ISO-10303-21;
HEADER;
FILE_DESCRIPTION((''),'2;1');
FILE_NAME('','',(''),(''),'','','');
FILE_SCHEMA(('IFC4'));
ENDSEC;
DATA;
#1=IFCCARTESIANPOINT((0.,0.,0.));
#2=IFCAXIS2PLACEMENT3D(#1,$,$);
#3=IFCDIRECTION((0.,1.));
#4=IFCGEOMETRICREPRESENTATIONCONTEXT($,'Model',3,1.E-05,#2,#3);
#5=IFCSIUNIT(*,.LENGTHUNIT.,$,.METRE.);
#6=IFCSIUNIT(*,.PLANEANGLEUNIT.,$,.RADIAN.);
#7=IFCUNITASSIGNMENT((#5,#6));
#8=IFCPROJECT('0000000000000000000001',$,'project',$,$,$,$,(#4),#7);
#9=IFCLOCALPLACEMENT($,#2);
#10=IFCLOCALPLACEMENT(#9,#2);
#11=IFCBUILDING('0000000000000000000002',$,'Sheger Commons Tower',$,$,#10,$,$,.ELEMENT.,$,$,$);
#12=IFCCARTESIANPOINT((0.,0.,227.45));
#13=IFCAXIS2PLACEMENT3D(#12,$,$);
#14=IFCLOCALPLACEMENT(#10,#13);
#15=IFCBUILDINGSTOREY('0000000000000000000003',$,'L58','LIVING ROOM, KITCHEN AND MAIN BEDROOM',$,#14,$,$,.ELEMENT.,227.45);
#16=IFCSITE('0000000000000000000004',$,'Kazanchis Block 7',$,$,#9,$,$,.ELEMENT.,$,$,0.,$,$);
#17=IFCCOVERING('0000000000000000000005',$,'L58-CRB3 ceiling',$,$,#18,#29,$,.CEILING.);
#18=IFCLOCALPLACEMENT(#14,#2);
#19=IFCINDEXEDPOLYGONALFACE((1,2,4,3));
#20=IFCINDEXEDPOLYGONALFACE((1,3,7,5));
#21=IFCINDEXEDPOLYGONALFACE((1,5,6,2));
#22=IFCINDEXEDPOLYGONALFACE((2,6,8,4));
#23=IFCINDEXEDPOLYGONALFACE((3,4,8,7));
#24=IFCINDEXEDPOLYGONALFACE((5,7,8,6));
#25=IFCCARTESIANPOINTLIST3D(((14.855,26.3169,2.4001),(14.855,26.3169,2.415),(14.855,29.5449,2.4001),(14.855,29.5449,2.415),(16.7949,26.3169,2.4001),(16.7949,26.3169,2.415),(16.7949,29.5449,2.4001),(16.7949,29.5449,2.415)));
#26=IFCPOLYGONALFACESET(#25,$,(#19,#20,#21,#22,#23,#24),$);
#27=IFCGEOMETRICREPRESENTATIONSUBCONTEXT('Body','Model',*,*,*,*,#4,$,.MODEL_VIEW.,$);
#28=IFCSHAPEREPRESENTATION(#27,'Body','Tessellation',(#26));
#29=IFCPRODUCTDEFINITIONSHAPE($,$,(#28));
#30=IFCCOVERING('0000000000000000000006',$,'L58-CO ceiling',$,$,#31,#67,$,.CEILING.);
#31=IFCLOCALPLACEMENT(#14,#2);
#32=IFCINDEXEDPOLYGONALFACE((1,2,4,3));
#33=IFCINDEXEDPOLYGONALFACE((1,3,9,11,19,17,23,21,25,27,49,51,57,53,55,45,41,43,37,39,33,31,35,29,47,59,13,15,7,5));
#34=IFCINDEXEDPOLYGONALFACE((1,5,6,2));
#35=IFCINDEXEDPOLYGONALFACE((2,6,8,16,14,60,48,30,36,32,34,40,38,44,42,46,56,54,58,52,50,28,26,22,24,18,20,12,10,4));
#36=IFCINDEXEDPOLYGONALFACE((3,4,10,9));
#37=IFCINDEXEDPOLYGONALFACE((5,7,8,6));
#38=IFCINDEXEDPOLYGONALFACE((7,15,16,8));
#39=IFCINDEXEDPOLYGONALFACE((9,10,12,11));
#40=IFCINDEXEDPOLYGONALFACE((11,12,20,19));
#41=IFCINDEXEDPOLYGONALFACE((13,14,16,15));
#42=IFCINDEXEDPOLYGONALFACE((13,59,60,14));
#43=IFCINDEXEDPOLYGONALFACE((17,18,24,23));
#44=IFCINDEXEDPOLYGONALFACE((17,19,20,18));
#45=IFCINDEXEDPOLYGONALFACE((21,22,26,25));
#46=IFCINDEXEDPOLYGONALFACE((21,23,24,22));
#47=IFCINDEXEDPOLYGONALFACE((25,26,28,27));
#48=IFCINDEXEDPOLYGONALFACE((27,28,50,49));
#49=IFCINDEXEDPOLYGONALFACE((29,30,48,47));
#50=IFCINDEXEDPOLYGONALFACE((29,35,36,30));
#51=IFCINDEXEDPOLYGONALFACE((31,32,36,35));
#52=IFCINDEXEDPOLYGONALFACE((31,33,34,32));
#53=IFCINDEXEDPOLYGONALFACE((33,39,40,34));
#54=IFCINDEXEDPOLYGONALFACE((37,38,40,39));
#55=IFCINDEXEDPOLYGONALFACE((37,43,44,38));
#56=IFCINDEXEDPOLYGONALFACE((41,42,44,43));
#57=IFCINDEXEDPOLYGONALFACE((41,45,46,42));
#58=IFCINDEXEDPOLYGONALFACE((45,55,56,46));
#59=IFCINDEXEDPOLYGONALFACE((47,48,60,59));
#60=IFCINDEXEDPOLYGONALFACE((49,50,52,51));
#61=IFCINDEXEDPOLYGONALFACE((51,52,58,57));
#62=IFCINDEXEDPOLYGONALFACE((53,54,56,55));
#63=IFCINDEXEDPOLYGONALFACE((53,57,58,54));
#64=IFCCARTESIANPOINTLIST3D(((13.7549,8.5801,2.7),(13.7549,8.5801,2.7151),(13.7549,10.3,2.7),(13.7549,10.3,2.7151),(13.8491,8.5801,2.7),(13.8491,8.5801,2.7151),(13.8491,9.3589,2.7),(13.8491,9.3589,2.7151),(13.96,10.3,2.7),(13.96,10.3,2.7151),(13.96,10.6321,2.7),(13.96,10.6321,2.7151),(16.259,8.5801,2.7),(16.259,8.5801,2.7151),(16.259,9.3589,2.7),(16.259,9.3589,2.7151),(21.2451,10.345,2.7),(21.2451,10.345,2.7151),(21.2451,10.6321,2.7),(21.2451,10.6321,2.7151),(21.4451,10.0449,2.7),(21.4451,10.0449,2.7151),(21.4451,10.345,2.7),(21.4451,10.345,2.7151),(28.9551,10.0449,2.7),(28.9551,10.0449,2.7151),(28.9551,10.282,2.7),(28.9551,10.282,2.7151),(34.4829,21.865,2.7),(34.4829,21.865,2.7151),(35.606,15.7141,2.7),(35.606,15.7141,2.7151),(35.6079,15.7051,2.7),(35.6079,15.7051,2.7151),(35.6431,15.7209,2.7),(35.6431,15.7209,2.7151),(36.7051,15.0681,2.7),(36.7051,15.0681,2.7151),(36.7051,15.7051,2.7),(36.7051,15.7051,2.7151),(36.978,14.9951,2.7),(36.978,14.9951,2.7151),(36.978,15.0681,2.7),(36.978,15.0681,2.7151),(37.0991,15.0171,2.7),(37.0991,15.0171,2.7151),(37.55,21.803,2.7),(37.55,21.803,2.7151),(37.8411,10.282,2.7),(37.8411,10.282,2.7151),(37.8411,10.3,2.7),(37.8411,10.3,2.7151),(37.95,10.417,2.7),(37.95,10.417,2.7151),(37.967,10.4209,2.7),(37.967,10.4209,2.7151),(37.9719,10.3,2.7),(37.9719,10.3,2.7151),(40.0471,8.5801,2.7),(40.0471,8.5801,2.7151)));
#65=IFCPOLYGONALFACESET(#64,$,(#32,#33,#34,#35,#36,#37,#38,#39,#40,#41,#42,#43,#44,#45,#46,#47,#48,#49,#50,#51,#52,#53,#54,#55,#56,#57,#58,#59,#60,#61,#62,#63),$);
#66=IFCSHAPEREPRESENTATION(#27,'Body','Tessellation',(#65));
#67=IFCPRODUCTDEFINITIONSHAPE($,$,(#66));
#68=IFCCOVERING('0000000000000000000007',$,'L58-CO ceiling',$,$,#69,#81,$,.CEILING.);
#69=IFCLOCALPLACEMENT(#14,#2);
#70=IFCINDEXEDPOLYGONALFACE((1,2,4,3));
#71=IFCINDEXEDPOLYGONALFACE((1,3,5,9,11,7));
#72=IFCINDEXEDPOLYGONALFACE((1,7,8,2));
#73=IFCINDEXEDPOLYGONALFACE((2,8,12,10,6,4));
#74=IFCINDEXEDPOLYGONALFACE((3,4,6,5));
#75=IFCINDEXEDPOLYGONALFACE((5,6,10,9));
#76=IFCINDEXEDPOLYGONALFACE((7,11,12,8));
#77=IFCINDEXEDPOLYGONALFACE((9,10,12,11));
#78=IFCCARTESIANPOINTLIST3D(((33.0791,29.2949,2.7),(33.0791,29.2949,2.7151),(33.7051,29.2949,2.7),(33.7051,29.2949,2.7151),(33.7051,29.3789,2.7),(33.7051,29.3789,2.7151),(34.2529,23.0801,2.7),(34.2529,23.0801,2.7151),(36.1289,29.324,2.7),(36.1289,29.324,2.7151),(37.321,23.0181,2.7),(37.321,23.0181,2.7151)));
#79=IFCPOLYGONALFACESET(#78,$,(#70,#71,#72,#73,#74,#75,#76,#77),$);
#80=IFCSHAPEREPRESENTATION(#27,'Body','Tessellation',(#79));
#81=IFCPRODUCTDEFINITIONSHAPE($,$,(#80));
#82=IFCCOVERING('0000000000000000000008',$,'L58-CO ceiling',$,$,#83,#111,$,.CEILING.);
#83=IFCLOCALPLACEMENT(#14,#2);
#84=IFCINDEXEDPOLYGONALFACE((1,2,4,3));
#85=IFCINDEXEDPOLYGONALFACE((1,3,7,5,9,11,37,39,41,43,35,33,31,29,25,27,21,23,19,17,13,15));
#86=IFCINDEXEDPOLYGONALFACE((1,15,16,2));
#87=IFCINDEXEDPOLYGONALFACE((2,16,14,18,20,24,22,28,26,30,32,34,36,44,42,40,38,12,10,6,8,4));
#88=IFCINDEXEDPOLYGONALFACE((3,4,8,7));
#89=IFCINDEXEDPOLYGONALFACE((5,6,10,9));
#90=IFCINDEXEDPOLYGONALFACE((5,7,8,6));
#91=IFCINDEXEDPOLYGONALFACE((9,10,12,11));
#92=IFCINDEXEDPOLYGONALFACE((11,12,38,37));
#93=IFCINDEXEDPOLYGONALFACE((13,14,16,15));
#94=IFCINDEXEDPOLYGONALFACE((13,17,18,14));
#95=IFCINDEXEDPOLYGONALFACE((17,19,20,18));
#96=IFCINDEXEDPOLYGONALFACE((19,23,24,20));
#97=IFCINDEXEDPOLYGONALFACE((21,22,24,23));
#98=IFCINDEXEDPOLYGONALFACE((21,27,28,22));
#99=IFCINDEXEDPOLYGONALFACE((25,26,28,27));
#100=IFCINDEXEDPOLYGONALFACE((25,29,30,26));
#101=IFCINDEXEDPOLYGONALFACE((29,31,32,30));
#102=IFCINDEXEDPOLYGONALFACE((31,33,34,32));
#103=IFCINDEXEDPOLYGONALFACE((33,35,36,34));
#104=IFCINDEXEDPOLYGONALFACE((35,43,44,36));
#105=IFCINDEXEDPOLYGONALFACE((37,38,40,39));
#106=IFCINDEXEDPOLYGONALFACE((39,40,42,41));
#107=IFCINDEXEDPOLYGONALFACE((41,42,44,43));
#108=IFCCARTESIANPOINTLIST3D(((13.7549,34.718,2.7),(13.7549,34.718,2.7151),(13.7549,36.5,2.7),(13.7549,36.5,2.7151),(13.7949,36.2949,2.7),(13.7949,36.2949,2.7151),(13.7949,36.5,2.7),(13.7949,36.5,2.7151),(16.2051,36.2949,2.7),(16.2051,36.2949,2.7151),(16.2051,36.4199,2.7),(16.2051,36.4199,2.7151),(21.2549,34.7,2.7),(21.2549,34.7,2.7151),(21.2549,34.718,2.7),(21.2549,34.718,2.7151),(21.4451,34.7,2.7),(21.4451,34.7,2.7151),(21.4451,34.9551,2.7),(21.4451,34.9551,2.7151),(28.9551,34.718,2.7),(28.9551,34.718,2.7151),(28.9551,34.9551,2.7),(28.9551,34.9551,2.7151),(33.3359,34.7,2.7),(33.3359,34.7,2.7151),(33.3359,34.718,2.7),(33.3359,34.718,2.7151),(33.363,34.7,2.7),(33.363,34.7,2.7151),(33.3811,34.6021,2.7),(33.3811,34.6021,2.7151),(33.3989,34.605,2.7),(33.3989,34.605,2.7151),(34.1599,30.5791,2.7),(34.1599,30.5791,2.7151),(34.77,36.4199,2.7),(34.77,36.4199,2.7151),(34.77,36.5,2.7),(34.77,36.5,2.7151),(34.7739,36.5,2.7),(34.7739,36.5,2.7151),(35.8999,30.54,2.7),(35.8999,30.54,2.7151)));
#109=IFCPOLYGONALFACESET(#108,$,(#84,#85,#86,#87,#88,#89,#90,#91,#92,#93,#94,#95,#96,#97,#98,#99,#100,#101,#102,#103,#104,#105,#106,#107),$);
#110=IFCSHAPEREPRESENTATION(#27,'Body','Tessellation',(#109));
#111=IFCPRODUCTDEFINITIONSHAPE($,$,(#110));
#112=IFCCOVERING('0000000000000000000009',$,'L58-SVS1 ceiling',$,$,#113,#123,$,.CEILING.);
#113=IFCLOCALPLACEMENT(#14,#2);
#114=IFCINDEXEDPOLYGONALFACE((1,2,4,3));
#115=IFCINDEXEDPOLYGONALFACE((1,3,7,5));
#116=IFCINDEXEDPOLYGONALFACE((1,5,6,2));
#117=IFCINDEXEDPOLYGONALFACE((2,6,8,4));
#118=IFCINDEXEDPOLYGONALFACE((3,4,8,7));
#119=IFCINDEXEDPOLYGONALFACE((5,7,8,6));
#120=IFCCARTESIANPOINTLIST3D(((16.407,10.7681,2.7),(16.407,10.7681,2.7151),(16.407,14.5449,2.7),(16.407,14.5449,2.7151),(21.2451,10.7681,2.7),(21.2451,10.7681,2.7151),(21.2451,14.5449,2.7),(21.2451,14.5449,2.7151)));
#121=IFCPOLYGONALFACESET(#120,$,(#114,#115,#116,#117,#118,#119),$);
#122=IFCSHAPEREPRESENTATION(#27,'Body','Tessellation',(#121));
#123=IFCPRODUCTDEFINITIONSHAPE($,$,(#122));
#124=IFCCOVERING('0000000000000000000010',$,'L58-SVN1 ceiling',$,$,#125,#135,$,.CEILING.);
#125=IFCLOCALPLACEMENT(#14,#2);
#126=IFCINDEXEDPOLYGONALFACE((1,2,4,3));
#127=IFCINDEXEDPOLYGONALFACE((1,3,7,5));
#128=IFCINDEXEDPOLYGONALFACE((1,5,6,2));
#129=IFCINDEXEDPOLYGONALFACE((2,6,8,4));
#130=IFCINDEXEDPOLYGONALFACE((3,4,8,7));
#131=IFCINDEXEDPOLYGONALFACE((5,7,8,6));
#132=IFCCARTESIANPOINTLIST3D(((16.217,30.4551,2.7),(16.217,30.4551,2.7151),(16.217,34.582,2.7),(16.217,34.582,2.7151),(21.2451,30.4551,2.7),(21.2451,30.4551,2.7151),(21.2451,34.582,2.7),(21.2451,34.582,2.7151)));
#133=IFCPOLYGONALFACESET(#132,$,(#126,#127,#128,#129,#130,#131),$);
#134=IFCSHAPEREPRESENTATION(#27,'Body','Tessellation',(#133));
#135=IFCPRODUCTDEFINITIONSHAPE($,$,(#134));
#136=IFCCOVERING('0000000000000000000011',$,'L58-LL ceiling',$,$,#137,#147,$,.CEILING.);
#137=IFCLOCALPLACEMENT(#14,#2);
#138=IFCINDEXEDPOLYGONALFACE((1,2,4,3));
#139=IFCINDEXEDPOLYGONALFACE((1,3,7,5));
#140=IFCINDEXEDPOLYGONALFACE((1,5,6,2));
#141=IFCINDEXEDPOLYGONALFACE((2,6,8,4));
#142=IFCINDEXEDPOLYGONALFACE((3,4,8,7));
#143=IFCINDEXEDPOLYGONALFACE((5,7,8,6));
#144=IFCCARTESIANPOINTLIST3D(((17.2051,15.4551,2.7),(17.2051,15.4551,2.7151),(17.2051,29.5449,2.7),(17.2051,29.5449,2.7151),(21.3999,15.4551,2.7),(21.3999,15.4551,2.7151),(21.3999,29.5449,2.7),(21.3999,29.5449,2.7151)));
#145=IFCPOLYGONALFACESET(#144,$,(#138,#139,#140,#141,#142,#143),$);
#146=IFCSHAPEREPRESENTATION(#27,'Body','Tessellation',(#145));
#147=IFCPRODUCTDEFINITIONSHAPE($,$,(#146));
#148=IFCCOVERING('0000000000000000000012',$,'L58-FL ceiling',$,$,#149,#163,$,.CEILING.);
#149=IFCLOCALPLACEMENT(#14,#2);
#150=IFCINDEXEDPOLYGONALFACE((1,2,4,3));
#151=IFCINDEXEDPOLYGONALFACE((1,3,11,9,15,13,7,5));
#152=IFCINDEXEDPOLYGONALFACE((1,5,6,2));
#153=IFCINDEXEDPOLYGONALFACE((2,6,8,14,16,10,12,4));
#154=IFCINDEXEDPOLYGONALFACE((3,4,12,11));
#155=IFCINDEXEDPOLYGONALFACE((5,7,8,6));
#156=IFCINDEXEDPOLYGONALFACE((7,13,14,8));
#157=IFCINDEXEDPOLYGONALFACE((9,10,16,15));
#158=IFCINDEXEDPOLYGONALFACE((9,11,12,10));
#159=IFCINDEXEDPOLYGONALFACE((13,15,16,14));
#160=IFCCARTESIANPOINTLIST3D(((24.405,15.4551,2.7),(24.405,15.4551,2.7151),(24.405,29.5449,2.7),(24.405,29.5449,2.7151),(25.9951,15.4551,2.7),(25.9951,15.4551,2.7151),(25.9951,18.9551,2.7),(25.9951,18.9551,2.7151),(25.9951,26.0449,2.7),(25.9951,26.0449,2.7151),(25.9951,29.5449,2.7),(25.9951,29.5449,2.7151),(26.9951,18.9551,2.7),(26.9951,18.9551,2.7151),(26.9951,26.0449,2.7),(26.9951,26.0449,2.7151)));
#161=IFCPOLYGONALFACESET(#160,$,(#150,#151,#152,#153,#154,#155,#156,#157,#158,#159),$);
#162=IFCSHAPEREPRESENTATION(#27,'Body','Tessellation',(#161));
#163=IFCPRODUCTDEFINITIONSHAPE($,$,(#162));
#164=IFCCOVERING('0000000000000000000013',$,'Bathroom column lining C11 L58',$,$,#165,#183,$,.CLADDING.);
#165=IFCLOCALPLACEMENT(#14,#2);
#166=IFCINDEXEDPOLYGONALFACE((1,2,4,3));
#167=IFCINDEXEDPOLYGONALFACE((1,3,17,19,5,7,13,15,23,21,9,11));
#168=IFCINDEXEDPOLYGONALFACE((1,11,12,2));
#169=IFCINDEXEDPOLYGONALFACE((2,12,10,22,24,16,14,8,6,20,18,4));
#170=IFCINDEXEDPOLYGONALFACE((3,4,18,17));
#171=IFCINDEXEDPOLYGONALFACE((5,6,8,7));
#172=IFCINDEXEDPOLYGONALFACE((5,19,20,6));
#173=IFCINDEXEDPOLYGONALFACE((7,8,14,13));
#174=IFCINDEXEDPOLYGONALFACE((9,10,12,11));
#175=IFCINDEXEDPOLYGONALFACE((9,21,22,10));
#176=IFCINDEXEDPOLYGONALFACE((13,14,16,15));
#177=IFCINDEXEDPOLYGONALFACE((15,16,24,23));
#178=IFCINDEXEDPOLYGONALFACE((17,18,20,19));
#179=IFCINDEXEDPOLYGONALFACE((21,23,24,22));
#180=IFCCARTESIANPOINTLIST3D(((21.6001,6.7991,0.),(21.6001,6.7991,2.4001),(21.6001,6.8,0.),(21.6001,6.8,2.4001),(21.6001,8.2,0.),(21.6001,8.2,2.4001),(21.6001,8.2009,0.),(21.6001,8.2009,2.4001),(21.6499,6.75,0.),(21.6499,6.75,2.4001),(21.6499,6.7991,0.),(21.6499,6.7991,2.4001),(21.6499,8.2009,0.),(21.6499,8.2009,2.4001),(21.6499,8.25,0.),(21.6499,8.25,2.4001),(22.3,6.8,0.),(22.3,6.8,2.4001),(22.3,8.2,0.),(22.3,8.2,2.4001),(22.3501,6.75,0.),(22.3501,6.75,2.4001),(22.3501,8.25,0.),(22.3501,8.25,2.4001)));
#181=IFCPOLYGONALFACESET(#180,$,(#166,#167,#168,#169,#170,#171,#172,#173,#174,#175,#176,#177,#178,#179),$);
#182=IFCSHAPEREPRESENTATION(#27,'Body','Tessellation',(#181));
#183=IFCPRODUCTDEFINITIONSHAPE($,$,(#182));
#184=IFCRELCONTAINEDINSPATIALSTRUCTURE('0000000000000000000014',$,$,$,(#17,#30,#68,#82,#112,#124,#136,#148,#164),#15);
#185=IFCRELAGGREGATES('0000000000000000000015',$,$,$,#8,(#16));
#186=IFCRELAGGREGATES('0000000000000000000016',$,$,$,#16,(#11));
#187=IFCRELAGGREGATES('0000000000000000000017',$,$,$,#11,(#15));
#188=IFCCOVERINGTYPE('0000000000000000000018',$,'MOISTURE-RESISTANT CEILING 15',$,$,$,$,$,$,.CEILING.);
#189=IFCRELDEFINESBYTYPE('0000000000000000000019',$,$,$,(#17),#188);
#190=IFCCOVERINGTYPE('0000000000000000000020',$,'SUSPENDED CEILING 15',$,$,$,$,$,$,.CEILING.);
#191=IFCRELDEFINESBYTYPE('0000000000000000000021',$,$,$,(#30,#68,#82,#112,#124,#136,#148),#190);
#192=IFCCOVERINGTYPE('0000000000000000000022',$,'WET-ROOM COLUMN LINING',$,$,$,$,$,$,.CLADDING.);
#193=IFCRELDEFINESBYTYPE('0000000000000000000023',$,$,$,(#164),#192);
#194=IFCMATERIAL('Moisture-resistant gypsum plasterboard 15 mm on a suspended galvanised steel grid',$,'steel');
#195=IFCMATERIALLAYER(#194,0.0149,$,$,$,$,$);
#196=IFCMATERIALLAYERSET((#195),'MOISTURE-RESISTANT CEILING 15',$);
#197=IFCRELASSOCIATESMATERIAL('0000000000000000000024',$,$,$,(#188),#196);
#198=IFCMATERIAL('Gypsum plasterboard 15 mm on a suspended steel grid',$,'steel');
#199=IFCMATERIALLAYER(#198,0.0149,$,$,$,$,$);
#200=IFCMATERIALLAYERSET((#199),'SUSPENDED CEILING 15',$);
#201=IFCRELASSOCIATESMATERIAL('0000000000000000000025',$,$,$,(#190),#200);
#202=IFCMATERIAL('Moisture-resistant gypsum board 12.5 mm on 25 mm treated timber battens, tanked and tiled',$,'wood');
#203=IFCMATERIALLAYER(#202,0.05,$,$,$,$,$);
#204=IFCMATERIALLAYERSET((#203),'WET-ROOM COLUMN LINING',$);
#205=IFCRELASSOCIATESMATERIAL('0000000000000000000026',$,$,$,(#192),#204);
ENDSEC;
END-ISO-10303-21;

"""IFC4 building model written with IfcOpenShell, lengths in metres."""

from ifc_helpers import new_model, si_unit, direction, frame, origin, place, context, subcontext, project, spatial, polyline, outline, extrude, material, layer, layer_set, type_object, element, save


model = new_model("IFC4")

# Units and contexts
model_context = context("Model", 3, precision=1e-05, world=origin(), true_north=direction((0.0, 1.0)))
body_context = subcontext(model_context, "Body", "Model", "MODEL_VIEW")
ifc_project = project(units=[si_unit("LENGTHUNIT", "METRE"), si_unit("PLANEANGLEUNIT", "RADIAN")], contexts=[model_context])

# Site, building, storey
site_placement = place(None, origin())
site = spatial("IfcSite", under=ifc_project, at=site_placement, Name="Kazanchis Block 7", CompositionType="ELEMENT", RefElevation=0.0)
building_placement = place(site_placement, origin())
building = spatial("IfcBuilding", under=site, at=building_placement, Name="Sheger Commons Tower", CompositionType="ELEMENT")
storey_placement = place(building_placement, frame((0.0, 0.0, 227.45)))
storey = spatial("IfcBuildingStorey", under=building, at=storey_placement, Name="L58", Description="LIVING ROOM, KITCHEN AND MAIN BEDROOM", CompositionType="ELEMENT", Elevation=227.45)

# Coverings
ifc_material_1 = material(Name="Moisture-resistant gypsum plasterboard 15 mm on a suspended galvanised steel grid", Category="steel")
ifc_layer_1 = layer(ifc_material_1, 0.0149)
ifc_layer_set_1 = layer_set([ifc_layer_1], Name="MOISTURE-RESISTANT CEILING 15")
covering_type_1 = type_object("IfcCoveringType", Name="MOISTURE-RESISTANT CEILING 15", PredefinedType="CEILING", material=ifc_layer_set_1)
covering_1_placement = place(storey_placement, frame((0.0, 0.0, 2.4001)))
element("IfcCovering", 1, at=covering_1_placement, inside=storey, type_object=covering_type_1, Name="L58-CRB3 ceiling", PredefinedType="CEILING", context=body_context, shape_type="SweptSolid", body=[
    extrude(outline(polyline([(14.855, 26.3169), (16.7949, 26.3169), (16.7949, 29.5449), (14.855, 29.5449), (14.855, 26.3169)])), origin(), (0.0, 0.0, 1.0), 0.0149),
])
ifc_material_2 = material(Name="Gypsum plasterboard 15 mm on a suspended steel grid", Category="steel")
ifc_layer_2 = layer(ifc_material_2, 0.0149)
ifc_layer_set_2 = layer_set([ifc_layer_2], Name="SUSPENDED CEILING 15")
covering_type_2 = type_object("IfcCoveringType", Name="SUSPENDED CEILING 15", PredefinedType="CEILING", material=ifc_layer_set_2)
covering_2_placement = place(storey_placement, frame((0.0, 0.0, 2.7)))
element("IfcCovering", 2, at=covering_2_placement, inside=storey, type_object=covering_type_2, Name="L58-CO ceiling", PredefinedType="CEILING", context=body_context, shape_type="SweptSolid", body=[
    extrude(outline(polyline([(13.7549, 8.5801), (13.8491, 8.5801), (13.8491, 9.3589), (16.259, 9.3589), (16.259, 8.5801), (40.0471, 8.5801), (37.55, 21.803), (34.4829, 21.865), (35.6431, 15.7209), (35.606, 15.7141), (35.6079, 15.7051), (36.7051, 15.7051), (36.7051, 15.0681), (36.978, 15.0681), (36.978, 14.9951), (37.0991, 15.0171), (37.967, 10.4209), (37.95, 10.417), (37.9719, 10.3), (37.8411, 10.3), (37.8411, 10.282), (28.9551, 10.282), (28.9551, 10.0449), (21.4451, 10.0449), (21.4451, 10.345), (21.2451, 10.345), (21.2451, 10.6321), (13.96, 10.6321), (13.96, 10.3), (13.7549, 10.3), (13.7549, 8.5801)])), origin(), (0.0, 0.0, 1.0), 0.0151),
])
covering_3_placement = place(storey_placement, frame((0.0, 0.0, 2.7)))
element("IfcCovering", 3, at=covering_3_placement, inside=storey, type_object=covering_type_2, Name="L58-CO ceiling", PredefinedType="CEILING", context=body_context, shape_type="SweptSolid", body=[
    extrude(outline(polyline([(37.321, 23.0181), (36.1289, 29.324), (33.7051, 29.3789), (33.7051, 29.2949), (33.0791, 29.2949), (34.2529, 23.0801), (37.321, 23.0181)])), origin(), (0.0, 0.0, 1.0), 0.0151),
])
covering_4_placement = place(storey_placement, frame((0.0, 0.0, 2.7)))
element("IfcCovering", 4, at=covering_4_placement, inside=storey, type_object=covering_type_2, Name="L58-CO ceiling", PredefinedType="CEILING", context=body_context, shape_type="SweptSolid", body=[
    extrude(outline(polyline([(35.8999, 30.54), (34.7739, 36.5), (34.77, 36.5), (34.77, 36.4199), (16.2051, 36.4199), (16.2051, 36.2949), (13.7949, 36.2949), (13.7949, 36.5), (13.7549, 36.5), (13.7549, 34.718), (21.2549, 34.718), (21.2549, 34.7), (21.4451, 34.7), (21.4451, 34.9551), (28.9551, 34.9551), (28.9551, 34.718), (33.3359, 34.718), (33.3359, 34.7), (33.363, 34.7), (33.3811, 34.6021), (33.3989, 34.605), (34.1599, 30.5791), (35.8999, 30.54)])), origin(), (0.0, 0.0, 1.0), 0.0151),
])
covering_5_placement = place(storey_placement, frame((0.0, 0.0, 2.7)))
element("IfcCovering", 5, at=covering_5_placement, inside=storey, type_object=covering_type_2, Name="L58-SVS1 ceiling", PredefinedType="CEILING", context=body_context, shape_type="SweptSolid", body=[
    extrude(outline(polyline([(16.407, 10.7681), (21.2451, 10.7681), (21.2451, 14.5449), (16.407, 14.5449), (16.407, 10.7681)])), origin(), (0.0, 0.0, 1.0), 0.0151),
])
covering_6_placement = place(storey_placement, frame((0.0, 0.0, 2.7)))
element("IfcCovering", 6, at=covering_6_placement, inside=storey, type_object=covering_type_2, Name="L58-SVN1 ceiling", PredefinedType="CEILING", context=body_context, shape_type="SweptSolid", body=[
    extrude(outline(polyline([(16.217, 30.4551), (21.2451, 30.4551), (21.2451, 34.582), (16.217, 34.582), (16.217, 30.4551)])), origin(), (0.0, 0.0, 1.0), 0.0151),
])
covering_7_placement = place(storey_placement, frame((0.0, 0.0, 2.7)))
element("IfcCovering", 7, at=covering_7_placement, inside=storey, type_object=covering_type_2, Name="L58-LL ceiling", PredefinedType="CEILING", context=body_context, shape_type="SweptSolid", body=[
    extrude(outline(polyline([(17.2051, 15.4551), (21.3999, 15.4551), (21.3999, 29.5449), (17.2051, 29.5449), (17.2051, 15.4551)])), origin(), (0.0, 0.0, 1.0), 0.0151),
])
covering_8_placement = place(storey_placement, frame((0.0, 0.0, 2.7)))
element("IfcCovering", 8, at=covering_8_placement, inside=storey, type_object=covering_type_2, Name="L58-FL ceiling", PredefinedType="CEILING", context=body_context, shape_type="SweptSolid", body=[
    extrude(outline(polyline([(24.405, 15.4551), (25.9951, 15.4551), (25.9951, 18.9551), (26.9951, 18.9551), (26.9951, 26.0449), (25.9951, 26.0449), (25.9951, 29.5449), (24.405, 29.5449), (24.405, 15.4551)])), origin(), (0.0, 0.0, 1.0), 0.0151),
])
ifc_material_3 = material(Name="Moisture-resistant gypsum board 12.5 mm on 25 mm treated timber battens, tanked and tiled", Category="wood")
ifc_layer_3 = layer(ifc_material_3, 0.05)
ifc_layer_set_3 = layer_set([ifc_layer_3], Name="WET-ROOM COLUMN LINING")
covering_type_3 = type_object("IfcCoveringType", Name="WET-ROOM COLUMN LINING", PredefinedType="CLADDING", material=ifc_layer_set_3)
covering_9_placement = place(storey_placement, origin())
element("IfcCovering", 9, at=covering_9_placement, inside=storey, type_object=covering_type_3, Name="Bathroom column lining C11 L58", PredefinedType="CLADDING", context=body_context, shape_type="SweptSolid", body=[
    extrude(outline(polyline([(22.3501, 6.75), (21.6499, 6.75), (21.6499, 6.7991), (21.6001, 6.7991), (21.6001, 6.8), (22.3, 6.8), (22.3, 8.2), (21.6001, 8.2), (21.6001, 8.2009), (21.6499, 8.2009), (21.6499, 8.25), (22.3501, 8.25), (22.3501, 6.75)])), origin(), (0.0, 0.0, 1.0), 2.4001),
])

save(model, "model.ifc")
